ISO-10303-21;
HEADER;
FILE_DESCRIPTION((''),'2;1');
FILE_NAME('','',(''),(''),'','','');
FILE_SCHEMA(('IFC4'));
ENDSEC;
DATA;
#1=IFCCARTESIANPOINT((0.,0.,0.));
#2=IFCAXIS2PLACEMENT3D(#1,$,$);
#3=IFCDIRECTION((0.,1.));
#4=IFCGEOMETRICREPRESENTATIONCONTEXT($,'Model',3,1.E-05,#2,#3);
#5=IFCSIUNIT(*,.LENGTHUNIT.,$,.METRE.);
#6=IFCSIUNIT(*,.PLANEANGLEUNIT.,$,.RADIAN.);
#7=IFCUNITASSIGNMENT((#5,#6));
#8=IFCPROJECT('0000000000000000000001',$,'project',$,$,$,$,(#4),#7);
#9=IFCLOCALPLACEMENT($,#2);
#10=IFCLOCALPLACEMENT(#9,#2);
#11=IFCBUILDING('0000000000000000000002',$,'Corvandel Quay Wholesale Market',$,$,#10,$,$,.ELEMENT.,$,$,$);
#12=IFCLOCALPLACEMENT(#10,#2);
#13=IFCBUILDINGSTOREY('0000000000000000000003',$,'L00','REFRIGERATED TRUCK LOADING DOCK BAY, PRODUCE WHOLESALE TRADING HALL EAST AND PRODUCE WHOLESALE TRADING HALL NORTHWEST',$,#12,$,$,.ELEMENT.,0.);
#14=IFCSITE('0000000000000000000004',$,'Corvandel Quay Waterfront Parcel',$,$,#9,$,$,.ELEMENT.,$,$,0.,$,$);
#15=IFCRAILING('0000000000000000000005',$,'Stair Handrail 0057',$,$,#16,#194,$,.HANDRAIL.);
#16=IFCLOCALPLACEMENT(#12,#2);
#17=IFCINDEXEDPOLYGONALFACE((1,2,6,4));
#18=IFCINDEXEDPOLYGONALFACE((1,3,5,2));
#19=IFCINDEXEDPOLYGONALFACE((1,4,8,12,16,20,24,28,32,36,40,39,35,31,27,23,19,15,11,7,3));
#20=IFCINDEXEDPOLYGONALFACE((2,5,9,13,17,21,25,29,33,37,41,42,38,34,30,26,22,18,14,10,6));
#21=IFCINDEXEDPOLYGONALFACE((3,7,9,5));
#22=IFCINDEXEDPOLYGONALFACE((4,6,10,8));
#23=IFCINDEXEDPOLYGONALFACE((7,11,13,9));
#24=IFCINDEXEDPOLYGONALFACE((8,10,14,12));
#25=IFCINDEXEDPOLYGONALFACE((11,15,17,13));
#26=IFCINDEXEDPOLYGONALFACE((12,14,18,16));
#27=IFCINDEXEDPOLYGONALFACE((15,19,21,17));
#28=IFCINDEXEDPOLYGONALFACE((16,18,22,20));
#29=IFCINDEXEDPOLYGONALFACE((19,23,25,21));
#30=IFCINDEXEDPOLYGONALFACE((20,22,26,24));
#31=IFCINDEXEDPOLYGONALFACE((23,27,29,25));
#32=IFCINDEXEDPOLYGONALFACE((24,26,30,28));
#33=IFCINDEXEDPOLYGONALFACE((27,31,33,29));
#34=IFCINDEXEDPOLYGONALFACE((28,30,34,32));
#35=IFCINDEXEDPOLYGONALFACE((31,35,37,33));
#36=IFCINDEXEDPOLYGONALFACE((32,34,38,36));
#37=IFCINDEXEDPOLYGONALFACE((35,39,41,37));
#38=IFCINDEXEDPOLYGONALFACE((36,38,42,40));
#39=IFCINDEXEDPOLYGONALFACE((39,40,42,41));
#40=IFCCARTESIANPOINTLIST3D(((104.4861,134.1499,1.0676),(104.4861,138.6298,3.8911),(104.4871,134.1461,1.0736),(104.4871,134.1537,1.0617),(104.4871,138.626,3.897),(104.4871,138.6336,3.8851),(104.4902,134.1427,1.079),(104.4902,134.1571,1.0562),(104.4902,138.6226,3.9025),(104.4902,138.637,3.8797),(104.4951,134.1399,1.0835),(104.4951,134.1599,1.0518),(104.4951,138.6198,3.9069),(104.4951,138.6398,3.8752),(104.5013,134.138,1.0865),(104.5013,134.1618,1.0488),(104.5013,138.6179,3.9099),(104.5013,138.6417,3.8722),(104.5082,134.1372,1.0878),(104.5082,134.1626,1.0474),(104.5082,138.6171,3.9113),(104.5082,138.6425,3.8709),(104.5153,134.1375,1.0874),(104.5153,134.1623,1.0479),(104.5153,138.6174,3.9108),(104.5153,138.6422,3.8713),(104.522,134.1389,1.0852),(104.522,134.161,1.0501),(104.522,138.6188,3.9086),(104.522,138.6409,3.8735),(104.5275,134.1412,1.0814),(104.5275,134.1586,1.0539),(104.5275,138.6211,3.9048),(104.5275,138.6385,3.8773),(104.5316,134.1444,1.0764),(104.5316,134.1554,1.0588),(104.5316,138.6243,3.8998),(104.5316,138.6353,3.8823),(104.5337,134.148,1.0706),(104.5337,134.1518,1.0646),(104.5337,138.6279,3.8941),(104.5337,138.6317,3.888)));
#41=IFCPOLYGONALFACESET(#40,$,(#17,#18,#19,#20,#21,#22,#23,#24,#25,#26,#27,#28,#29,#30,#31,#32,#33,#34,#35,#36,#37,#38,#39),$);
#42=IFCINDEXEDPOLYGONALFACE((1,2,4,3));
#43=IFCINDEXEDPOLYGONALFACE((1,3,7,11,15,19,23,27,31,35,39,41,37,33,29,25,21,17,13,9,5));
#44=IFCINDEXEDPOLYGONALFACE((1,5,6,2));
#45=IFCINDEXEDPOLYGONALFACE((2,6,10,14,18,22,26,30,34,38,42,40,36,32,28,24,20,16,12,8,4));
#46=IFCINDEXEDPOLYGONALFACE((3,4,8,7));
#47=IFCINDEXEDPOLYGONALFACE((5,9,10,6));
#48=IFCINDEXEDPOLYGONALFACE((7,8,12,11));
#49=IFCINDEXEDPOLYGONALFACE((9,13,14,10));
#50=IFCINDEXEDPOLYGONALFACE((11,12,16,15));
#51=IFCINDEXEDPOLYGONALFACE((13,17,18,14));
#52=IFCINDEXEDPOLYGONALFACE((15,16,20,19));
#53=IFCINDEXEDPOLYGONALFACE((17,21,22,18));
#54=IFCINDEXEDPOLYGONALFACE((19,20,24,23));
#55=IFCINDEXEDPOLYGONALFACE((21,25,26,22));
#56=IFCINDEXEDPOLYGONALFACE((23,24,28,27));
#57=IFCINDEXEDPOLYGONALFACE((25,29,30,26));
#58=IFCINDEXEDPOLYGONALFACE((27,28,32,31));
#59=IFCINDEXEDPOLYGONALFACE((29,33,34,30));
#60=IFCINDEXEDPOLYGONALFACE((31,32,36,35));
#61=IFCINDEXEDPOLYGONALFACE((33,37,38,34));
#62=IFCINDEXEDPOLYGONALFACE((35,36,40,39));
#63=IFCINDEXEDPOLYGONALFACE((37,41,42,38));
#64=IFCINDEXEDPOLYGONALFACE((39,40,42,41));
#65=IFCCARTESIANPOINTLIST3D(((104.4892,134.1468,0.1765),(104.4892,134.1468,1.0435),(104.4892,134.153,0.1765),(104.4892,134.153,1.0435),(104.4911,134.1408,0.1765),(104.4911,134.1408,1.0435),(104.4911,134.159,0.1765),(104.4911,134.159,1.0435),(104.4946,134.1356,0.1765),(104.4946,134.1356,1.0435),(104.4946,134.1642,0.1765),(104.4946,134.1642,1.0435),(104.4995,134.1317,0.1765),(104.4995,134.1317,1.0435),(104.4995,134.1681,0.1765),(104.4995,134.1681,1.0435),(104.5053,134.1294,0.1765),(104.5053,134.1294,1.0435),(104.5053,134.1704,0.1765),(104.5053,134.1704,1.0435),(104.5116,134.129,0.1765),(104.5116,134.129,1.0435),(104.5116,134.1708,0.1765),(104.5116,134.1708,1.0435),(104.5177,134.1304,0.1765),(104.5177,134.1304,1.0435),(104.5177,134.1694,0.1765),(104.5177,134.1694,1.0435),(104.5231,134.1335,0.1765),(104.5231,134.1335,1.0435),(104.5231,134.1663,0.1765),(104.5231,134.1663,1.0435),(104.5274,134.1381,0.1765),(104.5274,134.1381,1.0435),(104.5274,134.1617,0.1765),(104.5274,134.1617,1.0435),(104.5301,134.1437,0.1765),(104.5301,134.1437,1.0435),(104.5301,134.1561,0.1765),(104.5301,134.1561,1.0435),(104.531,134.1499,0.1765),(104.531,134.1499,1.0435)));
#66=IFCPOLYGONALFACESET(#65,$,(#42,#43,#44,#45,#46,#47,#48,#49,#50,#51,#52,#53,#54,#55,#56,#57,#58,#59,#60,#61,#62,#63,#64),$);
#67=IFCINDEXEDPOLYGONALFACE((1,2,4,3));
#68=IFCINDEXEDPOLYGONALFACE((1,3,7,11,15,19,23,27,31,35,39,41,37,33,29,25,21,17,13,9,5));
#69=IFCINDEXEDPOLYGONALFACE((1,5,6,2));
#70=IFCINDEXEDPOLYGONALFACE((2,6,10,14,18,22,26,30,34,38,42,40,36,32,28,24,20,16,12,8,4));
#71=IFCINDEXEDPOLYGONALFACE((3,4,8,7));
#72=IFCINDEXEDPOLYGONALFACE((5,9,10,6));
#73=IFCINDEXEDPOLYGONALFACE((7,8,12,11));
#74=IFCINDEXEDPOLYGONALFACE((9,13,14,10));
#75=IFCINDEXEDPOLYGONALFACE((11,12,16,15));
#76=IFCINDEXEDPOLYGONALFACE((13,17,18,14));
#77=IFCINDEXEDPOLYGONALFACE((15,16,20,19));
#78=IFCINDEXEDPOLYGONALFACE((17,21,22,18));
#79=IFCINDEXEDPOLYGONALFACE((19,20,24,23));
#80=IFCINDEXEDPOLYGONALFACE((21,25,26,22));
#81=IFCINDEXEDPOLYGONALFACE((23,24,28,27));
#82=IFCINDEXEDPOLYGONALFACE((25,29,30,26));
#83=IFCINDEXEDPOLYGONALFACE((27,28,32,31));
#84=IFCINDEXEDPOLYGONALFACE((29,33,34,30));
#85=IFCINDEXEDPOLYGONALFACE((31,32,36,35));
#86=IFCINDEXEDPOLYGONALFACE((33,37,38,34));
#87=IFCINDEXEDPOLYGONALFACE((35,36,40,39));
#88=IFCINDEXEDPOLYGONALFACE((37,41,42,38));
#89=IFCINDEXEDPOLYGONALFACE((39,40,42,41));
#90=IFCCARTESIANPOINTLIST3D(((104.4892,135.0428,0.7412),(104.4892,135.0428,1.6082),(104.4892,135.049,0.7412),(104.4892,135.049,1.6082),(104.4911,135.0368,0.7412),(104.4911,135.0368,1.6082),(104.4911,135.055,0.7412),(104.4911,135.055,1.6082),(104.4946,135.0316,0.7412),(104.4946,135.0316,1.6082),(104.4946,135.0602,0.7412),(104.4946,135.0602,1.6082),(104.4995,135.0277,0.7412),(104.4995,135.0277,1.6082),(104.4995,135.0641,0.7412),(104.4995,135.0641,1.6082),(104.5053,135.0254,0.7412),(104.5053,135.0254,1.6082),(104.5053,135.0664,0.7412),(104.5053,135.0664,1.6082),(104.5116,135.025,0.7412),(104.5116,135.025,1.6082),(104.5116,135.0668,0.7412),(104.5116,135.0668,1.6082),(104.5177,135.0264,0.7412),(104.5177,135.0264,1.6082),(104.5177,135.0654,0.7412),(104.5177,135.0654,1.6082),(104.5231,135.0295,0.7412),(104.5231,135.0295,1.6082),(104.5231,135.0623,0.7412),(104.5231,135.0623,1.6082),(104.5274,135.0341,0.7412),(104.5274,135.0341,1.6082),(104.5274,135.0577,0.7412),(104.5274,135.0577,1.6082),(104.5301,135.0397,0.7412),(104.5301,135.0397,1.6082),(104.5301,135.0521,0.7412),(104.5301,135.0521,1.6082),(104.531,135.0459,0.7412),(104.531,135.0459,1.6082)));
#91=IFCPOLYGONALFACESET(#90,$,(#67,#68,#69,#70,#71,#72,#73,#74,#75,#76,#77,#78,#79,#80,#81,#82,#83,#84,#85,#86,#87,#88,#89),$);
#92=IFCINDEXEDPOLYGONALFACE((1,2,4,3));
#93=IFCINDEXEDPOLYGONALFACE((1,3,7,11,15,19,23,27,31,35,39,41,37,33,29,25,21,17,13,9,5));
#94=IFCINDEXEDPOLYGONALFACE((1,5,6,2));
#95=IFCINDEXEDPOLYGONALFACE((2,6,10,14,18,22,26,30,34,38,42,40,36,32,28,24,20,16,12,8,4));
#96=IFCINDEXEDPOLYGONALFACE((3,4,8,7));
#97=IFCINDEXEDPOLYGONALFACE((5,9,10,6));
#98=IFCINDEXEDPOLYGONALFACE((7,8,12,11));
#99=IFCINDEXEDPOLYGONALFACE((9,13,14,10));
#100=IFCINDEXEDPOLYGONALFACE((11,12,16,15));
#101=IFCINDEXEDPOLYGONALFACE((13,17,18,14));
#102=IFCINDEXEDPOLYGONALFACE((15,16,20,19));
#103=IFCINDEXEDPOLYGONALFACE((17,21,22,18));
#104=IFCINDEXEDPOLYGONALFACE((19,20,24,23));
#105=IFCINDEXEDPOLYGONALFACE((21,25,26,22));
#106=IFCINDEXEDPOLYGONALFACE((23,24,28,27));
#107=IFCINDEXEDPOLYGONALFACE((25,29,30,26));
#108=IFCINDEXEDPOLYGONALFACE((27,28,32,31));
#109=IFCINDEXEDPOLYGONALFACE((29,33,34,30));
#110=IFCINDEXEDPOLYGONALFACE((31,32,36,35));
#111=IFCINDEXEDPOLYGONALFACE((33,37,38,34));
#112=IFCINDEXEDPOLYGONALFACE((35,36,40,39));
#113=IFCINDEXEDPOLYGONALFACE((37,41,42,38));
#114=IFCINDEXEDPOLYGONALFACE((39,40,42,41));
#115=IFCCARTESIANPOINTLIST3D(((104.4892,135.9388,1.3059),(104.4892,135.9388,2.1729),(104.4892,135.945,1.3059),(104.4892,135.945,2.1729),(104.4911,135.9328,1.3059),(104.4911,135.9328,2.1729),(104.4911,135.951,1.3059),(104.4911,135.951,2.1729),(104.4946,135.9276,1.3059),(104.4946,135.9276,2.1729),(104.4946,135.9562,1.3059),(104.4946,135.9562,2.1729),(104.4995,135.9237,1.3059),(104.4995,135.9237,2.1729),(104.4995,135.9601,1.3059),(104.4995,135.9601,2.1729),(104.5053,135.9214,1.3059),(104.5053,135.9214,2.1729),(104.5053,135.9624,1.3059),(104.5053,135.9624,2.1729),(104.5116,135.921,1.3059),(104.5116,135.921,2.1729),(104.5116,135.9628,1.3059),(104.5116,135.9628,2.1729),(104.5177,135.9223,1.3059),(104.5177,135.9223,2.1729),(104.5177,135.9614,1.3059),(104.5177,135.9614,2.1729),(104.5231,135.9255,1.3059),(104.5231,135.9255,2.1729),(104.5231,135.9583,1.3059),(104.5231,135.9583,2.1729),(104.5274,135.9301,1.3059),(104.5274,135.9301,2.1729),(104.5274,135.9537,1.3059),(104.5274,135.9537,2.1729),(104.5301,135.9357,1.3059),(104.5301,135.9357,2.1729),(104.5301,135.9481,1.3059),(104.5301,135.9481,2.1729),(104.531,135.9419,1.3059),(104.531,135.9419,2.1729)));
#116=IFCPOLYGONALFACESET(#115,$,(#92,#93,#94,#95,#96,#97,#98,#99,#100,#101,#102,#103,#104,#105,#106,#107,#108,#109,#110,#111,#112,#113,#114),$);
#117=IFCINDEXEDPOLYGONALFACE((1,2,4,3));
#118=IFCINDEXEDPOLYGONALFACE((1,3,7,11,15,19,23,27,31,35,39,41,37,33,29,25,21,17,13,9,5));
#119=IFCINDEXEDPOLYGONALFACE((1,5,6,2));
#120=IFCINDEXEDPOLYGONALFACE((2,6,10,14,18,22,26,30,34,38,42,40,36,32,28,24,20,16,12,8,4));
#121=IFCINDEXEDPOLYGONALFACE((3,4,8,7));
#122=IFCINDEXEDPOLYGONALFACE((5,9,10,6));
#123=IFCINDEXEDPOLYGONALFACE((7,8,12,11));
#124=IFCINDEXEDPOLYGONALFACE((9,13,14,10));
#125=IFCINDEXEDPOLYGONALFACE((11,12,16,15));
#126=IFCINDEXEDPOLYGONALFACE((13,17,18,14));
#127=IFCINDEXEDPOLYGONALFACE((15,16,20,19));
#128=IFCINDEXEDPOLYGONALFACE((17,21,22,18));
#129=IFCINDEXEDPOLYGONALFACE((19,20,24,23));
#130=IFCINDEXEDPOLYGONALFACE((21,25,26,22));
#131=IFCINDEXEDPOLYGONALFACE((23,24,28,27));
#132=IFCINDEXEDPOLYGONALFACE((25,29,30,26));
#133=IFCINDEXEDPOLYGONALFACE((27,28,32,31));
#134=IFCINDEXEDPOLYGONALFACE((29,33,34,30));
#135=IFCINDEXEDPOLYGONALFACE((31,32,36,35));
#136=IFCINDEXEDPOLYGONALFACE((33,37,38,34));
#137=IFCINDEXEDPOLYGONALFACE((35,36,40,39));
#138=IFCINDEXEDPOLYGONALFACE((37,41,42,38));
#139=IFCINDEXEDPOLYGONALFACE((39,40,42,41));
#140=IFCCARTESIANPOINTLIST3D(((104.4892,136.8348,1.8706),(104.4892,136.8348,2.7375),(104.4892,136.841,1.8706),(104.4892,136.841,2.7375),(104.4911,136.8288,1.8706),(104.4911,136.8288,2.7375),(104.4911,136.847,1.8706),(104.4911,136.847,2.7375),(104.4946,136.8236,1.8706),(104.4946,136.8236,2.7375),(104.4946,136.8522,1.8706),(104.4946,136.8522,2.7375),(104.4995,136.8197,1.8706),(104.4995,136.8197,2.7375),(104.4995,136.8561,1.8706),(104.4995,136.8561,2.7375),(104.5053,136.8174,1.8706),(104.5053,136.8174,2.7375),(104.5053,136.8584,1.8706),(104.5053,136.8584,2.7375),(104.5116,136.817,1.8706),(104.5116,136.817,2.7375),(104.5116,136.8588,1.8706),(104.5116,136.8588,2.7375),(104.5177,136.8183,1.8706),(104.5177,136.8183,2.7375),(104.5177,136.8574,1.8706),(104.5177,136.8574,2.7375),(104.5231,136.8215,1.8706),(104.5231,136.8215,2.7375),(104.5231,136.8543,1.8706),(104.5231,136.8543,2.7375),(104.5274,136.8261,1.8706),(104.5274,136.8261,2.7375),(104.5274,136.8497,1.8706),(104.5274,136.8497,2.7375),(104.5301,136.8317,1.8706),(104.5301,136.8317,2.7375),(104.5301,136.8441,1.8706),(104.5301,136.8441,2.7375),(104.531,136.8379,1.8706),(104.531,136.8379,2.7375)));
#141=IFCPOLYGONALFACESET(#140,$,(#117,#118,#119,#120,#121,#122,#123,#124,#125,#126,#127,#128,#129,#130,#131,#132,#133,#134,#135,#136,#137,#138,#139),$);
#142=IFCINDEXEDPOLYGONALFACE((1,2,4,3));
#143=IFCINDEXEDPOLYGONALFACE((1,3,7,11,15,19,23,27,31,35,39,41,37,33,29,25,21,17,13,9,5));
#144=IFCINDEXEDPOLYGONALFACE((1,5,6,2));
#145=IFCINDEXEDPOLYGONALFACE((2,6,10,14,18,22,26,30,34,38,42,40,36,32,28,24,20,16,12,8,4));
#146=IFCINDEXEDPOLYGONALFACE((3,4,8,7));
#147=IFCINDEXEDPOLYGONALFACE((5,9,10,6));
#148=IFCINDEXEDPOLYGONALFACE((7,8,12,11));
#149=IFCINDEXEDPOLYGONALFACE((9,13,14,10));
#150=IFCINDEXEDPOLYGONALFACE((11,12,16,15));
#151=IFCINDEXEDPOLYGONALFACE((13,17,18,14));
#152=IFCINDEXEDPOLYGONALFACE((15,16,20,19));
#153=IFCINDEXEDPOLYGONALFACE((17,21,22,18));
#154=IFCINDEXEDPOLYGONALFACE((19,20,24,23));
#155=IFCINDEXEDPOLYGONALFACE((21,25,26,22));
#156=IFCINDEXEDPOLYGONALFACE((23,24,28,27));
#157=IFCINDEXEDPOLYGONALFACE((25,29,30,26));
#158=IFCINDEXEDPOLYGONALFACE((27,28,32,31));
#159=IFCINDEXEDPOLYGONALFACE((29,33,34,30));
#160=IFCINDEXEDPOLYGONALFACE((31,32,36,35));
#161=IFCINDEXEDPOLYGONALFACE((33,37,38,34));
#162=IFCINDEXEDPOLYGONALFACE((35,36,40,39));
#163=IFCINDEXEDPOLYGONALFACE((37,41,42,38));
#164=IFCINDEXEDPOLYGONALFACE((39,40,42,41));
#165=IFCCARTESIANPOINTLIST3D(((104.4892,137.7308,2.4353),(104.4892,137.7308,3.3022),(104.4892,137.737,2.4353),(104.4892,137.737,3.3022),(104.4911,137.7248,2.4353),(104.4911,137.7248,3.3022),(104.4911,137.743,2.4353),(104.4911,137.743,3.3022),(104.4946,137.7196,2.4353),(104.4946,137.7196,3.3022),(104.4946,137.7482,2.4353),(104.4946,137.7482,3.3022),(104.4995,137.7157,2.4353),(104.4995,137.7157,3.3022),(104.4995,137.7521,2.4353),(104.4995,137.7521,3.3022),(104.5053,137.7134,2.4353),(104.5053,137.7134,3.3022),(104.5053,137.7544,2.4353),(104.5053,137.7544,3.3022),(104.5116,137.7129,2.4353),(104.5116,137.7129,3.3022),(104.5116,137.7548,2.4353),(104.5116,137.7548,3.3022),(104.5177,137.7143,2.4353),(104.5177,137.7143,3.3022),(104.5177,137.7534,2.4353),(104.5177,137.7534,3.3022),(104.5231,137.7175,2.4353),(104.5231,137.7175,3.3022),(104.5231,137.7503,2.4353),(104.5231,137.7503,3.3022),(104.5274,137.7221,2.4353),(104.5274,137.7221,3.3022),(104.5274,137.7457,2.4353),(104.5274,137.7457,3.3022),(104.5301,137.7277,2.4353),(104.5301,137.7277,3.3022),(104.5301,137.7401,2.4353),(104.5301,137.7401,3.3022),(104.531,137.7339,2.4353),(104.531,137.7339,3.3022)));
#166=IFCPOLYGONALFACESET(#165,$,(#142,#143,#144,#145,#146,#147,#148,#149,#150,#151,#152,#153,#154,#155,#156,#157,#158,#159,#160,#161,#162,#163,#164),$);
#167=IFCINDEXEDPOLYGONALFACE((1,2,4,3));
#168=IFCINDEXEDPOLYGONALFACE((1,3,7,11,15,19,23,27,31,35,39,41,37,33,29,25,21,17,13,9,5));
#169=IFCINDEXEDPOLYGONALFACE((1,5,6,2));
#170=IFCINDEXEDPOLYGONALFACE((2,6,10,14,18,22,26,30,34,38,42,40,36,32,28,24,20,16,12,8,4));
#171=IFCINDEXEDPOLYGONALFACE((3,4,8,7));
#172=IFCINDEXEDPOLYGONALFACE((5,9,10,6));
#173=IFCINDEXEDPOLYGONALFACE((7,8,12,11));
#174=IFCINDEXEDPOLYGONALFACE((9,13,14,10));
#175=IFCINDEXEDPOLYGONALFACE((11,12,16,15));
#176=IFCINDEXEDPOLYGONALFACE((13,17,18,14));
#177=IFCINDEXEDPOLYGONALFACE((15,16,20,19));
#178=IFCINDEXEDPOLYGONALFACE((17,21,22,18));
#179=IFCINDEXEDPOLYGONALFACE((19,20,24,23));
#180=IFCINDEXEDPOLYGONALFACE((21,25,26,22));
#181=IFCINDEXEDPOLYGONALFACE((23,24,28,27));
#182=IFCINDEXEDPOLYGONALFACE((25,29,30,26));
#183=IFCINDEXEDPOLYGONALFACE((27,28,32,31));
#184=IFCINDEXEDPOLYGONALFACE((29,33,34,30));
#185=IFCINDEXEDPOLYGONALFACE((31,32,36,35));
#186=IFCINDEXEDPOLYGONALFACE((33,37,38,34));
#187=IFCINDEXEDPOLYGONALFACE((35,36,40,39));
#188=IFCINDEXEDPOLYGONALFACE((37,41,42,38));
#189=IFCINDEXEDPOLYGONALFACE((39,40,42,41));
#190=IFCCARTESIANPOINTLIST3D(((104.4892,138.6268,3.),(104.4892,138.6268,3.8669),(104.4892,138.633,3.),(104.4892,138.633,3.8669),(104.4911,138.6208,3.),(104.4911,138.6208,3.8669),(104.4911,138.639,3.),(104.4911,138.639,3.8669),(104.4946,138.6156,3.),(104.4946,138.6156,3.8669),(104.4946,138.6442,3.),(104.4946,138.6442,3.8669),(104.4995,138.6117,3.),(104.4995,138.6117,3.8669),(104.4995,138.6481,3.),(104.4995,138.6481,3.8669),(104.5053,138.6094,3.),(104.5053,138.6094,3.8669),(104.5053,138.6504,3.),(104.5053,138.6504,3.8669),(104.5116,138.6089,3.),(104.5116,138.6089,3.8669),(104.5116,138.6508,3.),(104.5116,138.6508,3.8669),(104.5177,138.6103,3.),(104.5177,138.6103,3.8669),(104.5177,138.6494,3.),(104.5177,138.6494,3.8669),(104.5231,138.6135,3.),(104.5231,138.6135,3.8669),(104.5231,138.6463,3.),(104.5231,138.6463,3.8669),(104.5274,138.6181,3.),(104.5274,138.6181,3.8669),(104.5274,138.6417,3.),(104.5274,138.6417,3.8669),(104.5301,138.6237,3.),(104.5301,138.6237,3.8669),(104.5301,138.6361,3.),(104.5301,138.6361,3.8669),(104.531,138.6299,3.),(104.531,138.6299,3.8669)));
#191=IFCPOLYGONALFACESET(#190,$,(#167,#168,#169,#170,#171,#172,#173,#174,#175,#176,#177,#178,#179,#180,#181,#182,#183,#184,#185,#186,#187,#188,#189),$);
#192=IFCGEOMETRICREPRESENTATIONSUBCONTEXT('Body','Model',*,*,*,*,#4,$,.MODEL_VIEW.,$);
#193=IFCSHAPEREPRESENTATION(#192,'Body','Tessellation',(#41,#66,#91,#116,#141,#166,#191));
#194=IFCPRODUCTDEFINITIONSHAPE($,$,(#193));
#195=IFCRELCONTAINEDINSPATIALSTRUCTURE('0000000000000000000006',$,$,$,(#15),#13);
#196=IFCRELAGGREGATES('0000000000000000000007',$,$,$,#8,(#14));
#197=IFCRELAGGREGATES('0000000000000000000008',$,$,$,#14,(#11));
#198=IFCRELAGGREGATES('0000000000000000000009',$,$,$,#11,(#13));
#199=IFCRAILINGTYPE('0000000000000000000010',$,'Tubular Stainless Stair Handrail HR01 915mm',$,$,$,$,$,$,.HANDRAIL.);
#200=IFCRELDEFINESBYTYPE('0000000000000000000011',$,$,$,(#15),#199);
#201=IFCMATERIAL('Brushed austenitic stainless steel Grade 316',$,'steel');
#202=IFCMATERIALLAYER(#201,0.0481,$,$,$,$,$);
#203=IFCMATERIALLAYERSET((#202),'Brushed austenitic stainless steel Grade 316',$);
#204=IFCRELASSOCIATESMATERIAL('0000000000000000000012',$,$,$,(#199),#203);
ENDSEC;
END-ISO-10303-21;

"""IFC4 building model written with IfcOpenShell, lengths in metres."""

from ifc_helpers import new_model, si_unit, direction, frame, origin, origin_2d, place, context, subcontext, project, spatial, circle, extrude, material, layer, layer_set, type_object, element, save


model = new_model("IFC4")

# Units and contexts
model_context = context("Model", 3, precision=1e-05, world=origin(), true_north=direction((0.0, 1.0)))
body_context = subcontext(model_context, "Body", "Model", "MODEL_VIEW")
ifc_project = project(units=[si_unit("LENGTHUNIT", "METRE"), si_unit("PLANEANGLEUNIT", "RADIAN")], contexts=[model_context])

# Site, building, storey
site_placement = place(None, origin())
site = spatial("IfcSite", under=ifc_project, at=site_placement, Name="Corvandel Quay Waterfront Parcel", CompositionType="ELEMENT", RefElevation=0.0)
building_placement = place(site_placement, origin())
building = spatial("IfcBuilding", under=site, at=building_placement, Name="Corvandel Quay Wholesale Market", CompositionType="ELEMENT")
storey_placement = place(building_placement, origin())
storey = spatial("IfcBuildingStorey", under=building, at=storey_placement, Name="L00", Description="REFRIGERATED TRUCK LOADING DOCK BAY, PRODUCE WHOLESALE TRADING HALL EAST AND PRODUCE WHOLESALE TRADING HALL NORTHWEST", CompositionType="ELEMENT", Elevation=0.0)

# Railing
ifc_material_1 = material(Name="Brushed austenitic stainless steel Grade 316", Category="steel")
ifc_layer_1 = layer(ifc_material_1, 0.0481)
ifc_layer_set_1 = layer_set([ifc_layer_1], Name="Brushed austenitic stainless steel Grade 316")
railing_type = type_object("IfcRailingType", Name="Tubular Stainless Stair Handrail HR01 915mm", PredefinedType="HANDRAIL", material=ifc_layer_set_1)
for number, where, name in (
    (1, (104.51, 134.1499, 0.1765), "Stair Handrail 0057"),
):
    element("IfcRailing", number, at=place(storey_placement, frame(where)), inside=storey, type_object=railing_type, Name=name, PredefinedType="HANDRAIL", context=body_context, shape_type="SweptSolid", body=[
        extrude(circle(Radius=0.0239, at=origin_2d()), frame((0.0, 0.0, 0.8911), z_axis=(0.0, 0.845998, 0.533186), x_axis=(-1.0, 0.0, 0.0)), (0.0, 0.0, 1.0), 5.2954),
        extrude(circle(Radius=0.021, at=origin_2d()), origin(), (0.0, 0.0, 1.0), 0.8669),
        extrude(circle(Radius=0.021, at=origin_2d()), frame((0.0, 0.896, 0.5647)), (0.0, 0.0, 1.0), 0.8669),
        extrude(circle(Radius=0.021, at=origin_2d()), frame((0.0, 1.792, 1.1294)), (0.0, 0.0, 1.0), 0.8669),
        extrude(circle(Radius=0.021, at=origin_2d()), frame((0.0, 2.688, 1.6941)), (0.0, 0.0, 1.0), 0.8669),
        extrude(circle(Radius=0.021, at=origin_2d()), frame((0.0, 3.584, 2.2588)), (0.0, 0.0, 1.0), 0.8669),
        extrude(circle(Radius=0.021, at=origin_2d()), frame((0.0, 4.48, 2.8235)), (0.0, 0.0, 1.0), 0.8669),
    ])

save(model, "model.ifc")
